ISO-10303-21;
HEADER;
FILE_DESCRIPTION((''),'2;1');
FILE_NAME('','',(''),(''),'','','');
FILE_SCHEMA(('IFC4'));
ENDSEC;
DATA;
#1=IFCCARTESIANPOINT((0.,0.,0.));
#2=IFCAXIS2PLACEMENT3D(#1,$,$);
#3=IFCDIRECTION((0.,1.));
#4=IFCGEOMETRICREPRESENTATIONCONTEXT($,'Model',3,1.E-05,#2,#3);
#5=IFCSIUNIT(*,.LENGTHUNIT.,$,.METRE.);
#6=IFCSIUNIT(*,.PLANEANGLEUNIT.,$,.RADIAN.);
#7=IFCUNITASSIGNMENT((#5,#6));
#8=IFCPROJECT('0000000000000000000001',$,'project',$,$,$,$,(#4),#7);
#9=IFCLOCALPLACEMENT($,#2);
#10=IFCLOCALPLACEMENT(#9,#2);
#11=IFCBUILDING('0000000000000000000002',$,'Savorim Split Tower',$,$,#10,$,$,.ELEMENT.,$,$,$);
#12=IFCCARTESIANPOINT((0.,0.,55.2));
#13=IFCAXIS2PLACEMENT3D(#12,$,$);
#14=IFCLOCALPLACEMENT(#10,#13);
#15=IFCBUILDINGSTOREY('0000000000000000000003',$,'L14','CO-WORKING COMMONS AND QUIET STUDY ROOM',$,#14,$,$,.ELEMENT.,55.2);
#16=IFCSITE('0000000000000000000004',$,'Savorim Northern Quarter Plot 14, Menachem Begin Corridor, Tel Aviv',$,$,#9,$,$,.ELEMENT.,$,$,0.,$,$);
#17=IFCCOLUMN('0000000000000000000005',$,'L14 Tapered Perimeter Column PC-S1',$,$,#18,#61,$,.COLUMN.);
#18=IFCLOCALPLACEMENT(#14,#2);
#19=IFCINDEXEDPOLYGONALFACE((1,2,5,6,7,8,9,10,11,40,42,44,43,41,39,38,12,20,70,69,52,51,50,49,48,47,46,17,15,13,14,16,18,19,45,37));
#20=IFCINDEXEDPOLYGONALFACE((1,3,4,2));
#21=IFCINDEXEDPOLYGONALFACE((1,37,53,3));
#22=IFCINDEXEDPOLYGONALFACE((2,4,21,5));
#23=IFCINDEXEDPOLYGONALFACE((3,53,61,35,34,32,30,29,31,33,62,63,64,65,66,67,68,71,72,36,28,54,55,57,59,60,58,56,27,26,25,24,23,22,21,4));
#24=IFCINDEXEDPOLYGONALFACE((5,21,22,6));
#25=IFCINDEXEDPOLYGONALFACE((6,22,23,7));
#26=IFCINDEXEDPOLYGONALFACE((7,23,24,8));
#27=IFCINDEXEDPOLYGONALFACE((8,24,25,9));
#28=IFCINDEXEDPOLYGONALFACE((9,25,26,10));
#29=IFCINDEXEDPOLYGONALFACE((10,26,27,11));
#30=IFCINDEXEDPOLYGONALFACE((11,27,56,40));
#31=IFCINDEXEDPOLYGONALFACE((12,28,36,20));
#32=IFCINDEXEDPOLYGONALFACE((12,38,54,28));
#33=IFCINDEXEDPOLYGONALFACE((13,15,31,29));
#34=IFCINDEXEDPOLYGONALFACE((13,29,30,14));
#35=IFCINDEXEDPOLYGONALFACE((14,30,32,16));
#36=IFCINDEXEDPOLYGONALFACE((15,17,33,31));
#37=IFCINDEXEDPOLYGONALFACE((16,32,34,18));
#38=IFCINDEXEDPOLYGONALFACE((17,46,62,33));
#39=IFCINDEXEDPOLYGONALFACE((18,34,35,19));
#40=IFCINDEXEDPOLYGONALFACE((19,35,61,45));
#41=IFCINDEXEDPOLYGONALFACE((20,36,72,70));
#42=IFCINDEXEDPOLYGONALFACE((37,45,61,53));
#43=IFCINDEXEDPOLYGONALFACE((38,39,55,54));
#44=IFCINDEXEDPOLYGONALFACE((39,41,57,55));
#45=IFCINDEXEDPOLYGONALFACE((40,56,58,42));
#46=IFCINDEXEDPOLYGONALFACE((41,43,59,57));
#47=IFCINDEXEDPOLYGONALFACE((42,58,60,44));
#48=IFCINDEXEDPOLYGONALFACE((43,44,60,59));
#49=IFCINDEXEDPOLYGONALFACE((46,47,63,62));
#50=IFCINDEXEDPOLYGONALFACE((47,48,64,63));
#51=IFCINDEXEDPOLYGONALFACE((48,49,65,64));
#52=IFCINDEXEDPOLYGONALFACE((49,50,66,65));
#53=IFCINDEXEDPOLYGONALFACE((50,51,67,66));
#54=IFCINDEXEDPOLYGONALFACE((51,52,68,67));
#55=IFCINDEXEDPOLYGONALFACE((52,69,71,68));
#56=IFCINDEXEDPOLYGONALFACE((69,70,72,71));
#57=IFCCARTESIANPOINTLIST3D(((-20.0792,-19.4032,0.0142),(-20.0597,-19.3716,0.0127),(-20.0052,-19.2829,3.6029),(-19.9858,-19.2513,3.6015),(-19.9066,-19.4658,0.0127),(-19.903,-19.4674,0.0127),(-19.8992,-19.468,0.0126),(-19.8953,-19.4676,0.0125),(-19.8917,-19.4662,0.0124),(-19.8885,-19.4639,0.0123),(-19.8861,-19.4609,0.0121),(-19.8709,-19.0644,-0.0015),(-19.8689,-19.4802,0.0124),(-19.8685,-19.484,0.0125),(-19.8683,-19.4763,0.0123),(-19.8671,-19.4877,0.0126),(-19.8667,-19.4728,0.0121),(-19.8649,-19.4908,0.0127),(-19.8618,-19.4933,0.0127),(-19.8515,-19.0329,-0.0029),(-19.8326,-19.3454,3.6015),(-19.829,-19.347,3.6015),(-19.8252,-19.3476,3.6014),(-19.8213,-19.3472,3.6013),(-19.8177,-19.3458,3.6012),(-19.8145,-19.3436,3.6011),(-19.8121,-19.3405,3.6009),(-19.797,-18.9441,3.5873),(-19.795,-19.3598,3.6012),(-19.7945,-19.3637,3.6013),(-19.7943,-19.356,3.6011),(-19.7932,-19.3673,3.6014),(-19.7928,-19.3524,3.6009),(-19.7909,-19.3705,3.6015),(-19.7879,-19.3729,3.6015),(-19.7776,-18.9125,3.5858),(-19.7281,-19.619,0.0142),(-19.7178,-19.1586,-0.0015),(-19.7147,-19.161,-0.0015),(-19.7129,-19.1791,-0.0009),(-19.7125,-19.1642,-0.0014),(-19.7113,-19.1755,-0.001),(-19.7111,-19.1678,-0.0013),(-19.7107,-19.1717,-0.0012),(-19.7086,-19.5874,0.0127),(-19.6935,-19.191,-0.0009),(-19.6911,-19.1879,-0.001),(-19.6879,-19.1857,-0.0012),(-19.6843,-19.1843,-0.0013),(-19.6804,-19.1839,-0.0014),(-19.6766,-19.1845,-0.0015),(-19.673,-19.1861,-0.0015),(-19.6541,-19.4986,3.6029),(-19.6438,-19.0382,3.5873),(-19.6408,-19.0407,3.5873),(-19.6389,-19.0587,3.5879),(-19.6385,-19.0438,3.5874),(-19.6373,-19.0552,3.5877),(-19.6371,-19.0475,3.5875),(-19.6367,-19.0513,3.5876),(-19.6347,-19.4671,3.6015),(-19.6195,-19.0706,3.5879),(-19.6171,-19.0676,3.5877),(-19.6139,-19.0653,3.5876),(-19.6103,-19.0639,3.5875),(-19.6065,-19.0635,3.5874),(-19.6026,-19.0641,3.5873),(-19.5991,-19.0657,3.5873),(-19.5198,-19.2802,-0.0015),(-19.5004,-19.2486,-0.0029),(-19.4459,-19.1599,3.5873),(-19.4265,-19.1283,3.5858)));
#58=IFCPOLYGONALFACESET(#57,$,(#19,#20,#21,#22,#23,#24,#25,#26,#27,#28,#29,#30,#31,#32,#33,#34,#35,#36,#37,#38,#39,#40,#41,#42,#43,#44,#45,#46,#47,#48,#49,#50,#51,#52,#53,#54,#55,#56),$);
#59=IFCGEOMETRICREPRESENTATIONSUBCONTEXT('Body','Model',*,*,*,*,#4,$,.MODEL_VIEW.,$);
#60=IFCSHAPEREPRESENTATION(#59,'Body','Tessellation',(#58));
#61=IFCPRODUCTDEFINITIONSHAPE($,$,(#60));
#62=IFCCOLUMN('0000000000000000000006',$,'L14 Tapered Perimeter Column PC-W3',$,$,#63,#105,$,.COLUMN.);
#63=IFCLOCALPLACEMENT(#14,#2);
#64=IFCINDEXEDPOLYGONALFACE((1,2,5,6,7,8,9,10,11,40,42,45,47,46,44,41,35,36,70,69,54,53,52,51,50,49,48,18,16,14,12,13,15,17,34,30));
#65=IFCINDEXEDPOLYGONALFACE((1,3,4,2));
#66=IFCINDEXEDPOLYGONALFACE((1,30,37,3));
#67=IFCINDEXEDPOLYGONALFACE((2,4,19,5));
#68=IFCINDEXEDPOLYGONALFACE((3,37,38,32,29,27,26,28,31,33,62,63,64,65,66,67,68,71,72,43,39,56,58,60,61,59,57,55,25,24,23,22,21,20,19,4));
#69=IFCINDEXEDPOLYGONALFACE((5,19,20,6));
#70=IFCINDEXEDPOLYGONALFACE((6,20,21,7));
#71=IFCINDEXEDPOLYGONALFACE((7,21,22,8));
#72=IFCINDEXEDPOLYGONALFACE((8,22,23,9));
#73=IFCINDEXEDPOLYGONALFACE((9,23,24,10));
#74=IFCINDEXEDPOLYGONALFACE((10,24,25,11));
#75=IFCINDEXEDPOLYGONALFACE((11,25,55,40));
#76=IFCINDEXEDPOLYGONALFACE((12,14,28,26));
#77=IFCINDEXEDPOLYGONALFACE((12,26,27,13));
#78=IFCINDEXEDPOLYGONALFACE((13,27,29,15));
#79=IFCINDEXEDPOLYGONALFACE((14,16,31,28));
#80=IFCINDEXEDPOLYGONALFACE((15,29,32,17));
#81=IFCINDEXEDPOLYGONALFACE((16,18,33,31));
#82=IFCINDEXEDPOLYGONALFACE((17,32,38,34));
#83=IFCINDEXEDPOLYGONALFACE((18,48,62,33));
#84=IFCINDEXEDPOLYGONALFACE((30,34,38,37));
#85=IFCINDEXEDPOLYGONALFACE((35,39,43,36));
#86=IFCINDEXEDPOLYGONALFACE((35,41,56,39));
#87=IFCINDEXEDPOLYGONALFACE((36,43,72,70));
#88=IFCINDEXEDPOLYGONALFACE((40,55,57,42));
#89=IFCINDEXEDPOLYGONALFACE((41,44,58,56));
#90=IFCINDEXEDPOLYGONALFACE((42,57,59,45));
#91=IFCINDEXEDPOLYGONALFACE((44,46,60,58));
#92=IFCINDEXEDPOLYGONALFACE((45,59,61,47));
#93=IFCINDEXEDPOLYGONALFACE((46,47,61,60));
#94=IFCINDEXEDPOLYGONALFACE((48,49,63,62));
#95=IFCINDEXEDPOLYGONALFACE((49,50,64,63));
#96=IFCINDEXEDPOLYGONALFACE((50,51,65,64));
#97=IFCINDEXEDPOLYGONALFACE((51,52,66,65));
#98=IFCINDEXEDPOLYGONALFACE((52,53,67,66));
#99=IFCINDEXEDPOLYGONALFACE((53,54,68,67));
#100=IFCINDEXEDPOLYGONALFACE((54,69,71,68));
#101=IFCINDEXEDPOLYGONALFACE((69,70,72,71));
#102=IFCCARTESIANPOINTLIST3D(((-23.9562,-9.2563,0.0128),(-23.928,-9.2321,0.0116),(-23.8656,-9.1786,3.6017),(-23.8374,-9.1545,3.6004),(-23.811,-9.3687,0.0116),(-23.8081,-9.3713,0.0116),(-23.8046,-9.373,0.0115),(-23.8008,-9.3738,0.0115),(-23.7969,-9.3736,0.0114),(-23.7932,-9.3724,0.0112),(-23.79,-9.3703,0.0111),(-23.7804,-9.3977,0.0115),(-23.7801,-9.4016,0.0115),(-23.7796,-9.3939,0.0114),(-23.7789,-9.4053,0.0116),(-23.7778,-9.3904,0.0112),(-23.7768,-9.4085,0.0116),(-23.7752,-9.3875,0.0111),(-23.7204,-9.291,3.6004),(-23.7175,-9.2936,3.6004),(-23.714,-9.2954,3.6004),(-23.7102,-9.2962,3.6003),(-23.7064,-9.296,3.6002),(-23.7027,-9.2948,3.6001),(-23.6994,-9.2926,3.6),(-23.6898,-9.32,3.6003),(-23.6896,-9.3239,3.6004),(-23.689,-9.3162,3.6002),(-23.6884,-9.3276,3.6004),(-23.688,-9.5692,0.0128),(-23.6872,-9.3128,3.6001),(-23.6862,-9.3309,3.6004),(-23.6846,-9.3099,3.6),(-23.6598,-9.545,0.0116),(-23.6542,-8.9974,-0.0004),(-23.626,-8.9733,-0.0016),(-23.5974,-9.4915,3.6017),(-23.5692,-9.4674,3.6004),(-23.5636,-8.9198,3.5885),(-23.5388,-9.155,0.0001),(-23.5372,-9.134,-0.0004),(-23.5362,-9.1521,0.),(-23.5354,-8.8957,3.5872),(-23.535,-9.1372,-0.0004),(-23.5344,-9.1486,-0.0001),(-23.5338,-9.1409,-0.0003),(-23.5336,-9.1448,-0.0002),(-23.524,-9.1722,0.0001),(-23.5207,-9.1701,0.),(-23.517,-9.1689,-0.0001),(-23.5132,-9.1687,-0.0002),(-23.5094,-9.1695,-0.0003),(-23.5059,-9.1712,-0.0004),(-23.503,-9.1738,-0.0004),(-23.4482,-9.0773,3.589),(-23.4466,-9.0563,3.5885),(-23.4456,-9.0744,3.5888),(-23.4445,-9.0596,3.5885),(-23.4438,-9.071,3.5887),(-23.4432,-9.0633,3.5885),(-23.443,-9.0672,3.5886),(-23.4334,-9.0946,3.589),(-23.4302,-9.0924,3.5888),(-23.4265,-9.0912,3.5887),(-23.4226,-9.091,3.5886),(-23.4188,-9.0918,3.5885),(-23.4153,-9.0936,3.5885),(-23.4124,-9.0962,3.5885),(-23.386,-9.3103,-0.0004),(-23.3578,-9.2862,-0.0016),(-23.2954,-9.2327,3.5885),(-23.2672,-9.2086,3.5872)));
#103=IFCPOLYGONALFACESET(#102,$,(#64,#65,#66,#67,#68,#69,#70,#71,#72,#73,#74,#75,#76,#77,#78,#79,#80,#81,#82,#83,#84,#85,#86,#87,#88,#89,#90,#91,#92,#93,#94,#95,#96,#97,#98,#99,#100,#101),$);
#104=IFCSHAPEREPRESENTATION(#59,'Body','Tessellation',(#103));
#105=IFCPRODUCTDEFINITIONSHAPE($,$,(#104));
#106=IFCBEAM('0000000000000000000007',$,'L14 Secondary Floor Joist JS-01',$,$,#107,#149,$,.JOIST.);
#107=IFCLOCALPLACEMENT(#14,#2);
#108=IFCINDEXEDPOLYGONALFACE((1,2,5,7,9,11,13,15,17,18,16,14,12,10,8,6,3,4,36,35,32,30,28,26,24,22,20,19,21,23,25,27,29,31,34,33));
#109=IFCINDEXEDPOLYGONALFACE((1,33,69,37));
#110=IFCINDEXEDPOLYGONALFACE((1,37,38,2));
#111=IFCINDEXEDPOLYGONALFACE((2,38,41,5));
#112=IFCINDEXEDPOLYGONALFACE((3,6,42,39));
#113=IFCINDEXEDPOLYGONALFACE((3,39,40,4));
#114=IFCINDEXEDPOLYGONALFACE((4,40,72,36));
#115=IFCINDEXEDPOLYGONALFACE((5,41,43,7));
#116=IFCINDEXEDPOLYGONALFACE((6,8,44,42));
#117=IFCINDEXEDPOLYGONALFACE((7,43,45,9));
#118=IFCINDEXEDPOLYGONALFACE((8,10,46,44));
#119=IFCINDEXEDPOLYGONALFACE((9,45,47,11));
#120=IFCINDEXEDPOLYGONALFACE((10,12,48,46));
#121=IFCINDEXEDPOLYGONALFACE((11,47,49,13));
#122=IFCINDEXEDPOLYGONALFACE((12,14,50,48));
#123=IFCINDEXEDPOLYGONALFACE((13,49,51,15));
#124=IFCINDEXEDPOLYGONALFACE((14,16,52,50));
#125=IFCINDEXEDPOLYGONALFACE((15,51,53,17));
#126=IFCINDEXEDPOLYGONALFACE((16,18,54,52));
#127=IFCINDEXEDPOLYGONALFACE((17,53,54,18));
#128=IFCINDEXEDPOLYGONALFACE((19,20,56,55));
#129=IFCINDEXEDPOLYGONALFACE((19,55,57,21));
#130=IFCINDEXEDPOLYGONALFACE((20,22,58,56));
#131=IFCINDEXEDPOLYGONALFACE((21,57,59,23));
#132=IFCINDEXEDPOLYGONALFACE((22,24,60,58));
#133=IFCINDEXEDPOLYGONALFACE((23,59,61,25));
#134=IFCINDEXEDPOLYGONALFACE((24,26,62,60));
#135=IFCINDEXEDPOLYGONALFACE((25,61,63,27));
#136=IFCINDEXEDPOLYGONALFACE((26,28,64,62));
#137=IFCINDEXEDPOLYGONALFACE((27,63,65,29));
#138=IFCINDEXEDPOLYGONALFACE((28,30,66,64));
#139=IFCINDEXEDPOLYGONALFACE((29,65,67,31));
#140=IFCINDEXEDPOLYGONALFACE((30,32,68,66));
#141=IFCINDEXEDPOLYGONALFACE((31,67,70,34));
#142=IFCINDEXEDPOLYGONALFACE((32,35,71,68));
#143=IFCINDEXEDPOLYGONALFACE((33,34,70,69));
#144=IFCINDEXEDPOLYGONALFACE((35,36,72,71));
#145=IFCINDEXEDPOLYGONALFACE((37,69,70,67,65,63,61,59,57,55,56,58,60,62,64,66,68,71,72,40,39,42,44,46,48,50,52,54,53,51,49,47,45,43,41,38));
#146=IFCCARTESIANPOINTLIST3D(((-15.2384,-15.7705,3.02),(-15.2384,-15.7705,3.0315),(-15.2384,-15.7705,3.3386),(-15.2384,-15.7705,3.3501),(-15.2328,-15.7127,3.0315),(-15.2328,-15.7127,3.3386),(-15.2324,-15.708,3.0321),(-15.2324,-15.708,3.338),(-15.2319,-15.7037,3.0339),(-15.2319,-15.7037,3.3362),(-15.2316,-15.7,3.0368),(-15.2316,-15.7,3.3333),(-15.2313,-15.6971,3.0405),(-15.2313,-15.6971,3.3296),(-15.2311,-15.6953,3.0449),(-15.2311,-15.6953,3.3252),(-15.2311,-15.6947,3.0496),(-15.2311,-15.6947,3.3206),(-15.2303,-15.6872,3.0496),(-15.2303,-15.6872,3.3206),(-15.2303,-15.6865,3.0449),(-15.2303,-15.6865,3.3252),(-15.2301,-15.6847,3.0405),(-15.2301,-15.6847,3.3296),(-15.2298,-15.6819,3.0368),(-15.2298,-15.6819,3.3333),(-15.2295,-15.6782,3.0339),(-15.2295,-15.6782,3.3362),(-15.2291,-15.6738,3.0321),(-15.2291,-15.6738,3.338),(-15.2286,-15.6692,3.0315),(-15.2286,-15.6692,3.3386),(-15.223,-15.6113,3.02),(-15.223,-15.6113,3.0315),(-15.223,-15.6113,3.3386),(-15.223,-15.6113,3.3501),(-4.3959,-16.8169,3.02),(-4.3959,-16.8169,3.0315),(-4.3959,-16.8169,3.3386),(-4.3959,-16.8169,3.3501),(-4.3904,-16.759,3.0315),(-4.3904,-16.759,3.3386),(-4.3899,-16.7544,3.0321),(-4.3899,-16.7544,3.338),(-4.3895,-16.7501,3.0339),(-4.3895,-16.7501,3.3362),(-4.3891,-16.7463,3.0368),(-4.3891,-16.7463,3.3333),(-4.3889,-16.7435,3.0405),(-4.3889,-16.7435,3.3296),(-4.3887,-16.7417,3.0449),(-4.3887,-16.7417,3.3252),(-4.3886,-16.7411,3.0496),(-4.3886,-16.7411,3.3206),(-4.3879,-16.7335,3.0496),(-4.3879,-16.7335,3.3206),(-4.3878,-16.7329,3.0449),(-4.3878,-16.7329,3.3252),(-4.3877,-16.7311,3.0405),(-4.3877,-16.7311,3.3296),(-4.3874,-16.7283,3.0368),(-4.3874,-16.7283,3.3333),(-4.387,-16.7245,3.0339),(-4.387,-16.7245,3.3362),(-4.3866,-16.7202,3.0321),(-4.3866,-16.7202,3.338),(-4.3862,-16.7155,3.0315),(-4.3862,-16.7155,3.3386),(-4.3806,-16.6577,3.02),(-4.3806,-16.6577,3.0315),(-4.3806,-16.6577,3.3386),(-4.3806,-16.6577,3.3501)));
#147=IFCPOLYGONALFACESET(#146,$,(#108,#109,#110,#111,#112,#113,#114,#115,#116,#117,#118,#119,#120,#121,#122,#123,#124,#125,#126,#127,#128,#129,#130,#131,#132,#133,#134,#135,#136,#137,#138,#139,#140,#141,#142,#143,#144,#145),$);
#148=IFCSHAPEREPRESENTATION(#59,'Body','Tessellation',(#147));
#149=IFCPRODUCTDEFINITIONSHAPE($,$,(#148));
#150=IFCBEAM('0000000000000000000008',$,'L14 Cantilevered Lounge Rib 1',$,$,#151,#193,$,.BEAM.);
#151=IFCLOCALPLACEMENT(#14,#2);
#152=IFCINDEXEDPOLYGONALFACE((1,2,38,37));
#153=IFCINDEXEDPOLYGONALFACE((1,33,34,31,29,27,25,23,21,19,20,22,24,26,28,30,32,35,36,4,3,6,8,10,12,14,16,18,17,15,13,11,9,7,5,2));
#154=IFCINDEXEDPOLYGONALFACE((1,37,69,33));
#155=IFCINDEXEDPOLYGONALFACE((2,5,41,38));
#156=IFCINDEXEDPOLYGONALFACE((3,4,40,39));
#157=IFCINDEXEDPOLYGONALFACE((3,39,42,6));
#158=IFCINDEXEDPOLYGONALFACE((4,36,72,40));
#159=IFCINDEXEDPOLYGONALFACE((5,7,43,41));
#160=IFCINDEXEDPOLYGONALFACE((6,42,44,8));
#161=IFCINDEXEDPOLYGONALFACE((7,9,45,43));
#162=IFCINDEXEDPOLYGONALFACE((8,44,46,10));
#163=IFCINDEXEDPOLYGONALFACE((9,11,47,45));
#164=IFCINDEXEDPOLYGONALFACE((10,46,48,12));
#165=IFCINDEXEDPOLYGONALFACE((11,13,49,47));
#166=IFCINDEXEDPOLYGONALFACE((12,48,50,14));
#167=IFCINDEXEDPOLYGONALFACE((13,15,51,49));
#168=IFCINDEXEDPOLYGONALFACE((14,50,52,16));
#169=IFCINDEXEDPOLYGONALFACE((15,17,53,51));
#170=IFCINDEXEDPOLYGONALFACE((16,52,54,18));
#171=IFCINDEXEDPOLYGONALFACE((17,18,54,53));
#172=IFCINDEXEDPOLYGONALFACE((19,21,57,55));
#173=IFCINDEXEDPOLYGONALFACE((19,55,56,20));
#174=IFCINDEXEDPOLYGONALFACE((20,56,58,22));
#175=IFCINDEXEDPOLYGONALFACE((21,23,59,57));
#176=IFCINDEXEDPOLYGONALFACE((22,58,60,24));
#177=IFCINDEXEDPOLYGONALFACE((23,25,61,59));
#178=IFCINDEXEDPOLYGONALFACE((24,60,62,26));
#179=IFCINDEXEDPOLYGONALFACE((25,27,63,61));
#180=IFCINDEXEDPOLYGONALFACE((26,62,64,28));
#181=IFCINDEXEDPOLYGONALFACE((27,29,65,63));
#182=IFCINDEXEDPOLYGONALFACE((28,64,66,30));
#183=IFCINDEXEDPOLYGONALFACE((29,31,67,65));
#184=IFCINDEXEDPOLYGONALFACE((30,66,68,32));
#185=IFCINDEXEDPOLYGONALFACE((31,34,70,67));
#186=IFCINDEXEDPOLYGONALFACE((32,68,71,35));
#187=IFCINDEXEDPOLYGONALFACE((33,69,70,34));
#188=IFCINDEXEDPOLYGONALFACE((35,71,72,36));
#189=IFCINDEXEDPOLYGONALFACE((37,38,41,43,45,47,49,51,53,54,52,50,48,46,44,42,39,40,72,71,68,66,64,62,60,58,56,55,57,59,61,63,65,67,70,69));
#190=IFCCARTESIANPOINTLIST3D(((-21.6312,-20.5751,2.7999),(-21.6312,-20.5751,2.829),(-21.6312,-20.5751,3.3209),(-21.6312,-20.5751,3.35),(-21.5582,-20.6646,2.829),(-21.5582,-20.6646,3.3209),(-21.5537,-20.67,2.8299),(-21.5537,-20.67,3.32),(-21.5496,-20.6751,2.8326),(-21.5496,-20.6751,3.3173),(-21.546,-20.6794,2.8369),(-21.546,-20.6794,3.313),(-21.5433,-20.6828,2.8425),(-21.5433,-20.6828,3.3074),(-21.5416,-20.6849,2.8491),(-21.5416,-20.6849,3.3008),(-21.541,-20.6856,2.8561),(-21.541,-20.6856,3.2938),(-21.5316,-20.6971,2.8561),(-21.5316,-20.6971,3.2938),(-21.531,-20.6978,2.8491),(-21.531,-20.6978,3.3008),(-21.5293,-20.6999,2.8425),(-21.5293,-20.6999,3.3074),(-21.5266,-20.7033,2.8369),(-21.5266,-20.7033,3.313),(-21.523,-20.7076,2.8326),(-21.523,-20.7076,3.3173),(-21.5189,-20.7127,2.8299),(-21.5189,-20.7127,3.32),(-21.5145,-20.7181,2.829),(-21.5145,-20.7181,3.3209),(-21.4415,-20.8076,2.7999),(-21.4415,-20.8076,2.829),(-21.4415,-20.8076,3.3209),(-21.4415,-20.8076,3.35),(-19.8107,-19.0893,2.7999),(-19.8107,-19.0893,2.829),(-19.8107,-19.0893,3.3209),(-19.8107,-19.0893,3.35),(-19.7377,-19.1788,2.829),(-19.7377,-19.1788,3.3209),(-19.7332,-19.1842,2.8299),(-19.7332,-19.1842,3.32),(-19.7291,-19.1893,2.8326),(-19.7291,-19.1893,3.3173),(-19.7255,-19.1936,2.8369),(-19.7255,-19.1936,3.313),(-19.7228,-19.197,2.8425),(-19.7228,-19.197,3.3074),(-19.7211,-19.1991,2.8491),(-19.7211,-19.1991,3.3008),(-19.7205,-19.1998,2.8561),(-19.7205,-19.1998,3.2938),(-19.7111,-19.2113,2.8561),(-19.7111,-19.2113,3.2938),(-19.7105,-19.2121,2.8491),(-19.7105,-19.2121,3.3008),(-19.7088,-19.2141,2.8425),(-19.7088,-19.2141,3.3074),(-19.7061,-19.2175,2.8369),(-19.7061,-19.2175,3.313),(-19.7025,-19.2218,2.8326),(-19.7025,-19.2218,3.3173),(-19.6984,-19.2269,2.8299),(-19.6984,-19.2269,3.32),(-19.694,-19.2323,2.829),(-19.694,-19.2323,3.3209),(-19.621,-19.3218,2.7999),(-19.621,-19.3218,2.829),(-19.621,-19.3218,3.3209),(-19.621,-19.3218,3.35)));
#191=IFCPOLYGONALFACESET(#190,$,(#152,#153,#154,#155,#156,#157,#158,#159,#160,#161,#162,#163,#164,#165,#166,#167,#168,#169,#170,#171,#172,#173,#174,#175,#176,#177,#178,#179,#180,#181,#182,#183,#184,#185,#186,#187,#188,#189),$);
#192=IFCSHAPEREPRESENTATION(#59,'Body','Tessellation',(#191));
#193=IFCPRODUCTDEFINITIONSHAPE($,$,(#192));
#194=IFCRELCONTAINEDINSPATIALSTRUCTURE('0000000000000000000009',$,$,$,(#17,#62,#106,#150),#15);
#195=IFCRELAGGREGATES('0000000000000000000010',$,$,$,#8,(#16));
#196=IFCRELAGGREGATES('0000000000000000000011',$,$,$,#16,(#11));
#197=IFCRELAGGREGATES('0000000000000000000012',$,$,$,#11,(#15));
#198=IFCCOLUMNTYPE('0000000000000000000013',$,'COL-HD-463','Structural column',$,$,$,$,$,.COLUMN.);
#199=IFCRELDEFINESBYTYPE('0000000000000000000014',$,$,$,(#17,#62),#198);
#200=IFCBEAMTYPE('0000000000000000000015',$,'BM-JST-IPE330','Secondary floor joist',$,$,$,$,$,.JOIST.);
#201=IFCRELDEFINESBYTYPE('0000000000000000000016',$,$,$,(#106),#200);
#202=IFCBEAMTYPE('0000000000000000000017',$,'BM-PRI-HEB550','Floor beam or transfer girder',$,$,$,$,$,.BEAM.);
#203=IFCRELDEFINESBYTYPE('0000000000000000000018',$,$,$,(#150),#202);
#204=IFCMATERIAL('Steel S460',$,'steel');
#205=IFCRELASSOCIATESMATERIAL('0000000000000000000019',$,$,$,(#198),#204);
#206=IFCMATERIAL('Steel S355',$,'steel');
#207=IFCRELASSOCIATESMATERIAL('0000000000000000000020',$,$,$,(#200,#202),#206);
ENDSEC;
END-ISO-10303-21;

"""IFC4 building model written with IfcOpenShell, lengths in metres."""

from ifc_helpers import new_model, si_unit, direction, frame, origin, origin_2d, place, context, subcontext, project, spatial, i_section, extrude, material, material_profile, profile_set, type_object, element, save


model = new_model("IFC4")

# Units and contexts
model_context = context("Model", 3, precision=1e-05, world=origin(), true_north=direction((0.0, 1.0)))
body_context = subcontext(model_context, "Body", "Model", "MODEL_VIEW")
ifc_project = project(units=[si_unit("LENGTHUNIT", "METRE"), si_unit("PLANEANGLEUNIT", "RADIAN")], contexts=[model_context])

# Site, building, storey
site_placement = place(None, origin())
site = spatial("IfcSite", under=ifc_project, at=site_placement, Name="Savorim Northern Quarter Plot 14, Menachem Begin Corridor, Tel Aviv", CompositionType="ELEMENT", RefElevation=0.0)
building_placement = place(site_placement, origin())
building = spatial("IfcBuilding", under=site, at=building_placement, Name="Savorim Split Tower", CompositionType="ELEMENT")
storey_placement = place(building_placement, frame((0.0, 0.0, 55.2)))
storey = spatial("IfcBuildingStorey", under=building, at=storey_placement, Name="L14", Description="CO-WORKING COMMONS AND QUIET STUDY ROOM", CompositionType="ELEMENT", Elevation=55.2)

# Columns
ifc_material_1 = material(Name="Steel S460", Category="steel")
ifc_material_profile_1 = material_profile(ifc_material_1, i_section(OverallWidth=0.4121, OverallDepth=0.4351, WebThickness=0.0227, FlangeThickness=0.0371, FilletRadius=0.0149, at=origin_2d()), Name="HD 400x463")
ifc_profile_set_1 = profile_set([ifc_material_profile_1], Name="Steel S460")
column_type = type_object("IfcColumnType", Name="COL-HD-463", Description="Structural column", PredefinedType="COLUMN", material=ifc_profile_set_1)
column_1_placement = place(storey_placement, frame((-19.7898, -19.3259, 0.0056), z_axis=(0.020596, 0.033511, 0.999226), x_axis=(-0.851955, 0.523615, 0.0)))
element("IfcColumn", 1, at=column_1_placement, inside=storey, type_object=column_type, Name="L14 Tapered Perimeter Column PC-S1", PredefinedType="COLUMN", context=body_context, shape_type="SweptSolid", body=[
    extrude(i_section(OverallWidth=0.4121, OverallDepth=0.4351, WebThickness=0.0227, FlangeThickness=0.0371, FilletRadius=0.0149, at=origin_2d()), origin(), (0.0, 0.0, 1.0), 3.5916),
])
column_2_placement = place(storey_placement, frame((-23.657, -9.2712, 0.0056), z_axis=(0.025224, 0.021621, 0.999448), x_axis=(-0.650791, 0.759257, 0.0)))
element("IfcColumn", 2, at=column_2_placement, inside=storey, type_object=column_type, Name="L14 Tapered Perimeter Column PC-W3", PredefinedType="COLUMN", context=body_context, shape_type="SweptSolid", body=[
    extrude(i_section(OverallWidth=0.4121, OverallDepth=0.4351, WebThickness=0.0227, FlangeThickness=0.0371, FilletRadius=0.0149, at=origin_2d()), origin(), (0.0, 0.0, 1.0), 3.5908),
])

# Beams
ifc_material_2 = material(Name="Steel S355", Category="steel")
ifc_material_profile_2 = material_profile(ifc_material_2, i_section(OverallWidth=0.1599, OverallDepth=0.3301, WebThickness=0.0076, FlangeThickness=0.0115, FilletRadius=0.0181, at=origin_2d()), Name="IPE 330")
ifc_profile_set_2 = profile_set([ifc_material_profile_2], Name="Steel S355")
beam_type_1 = type_object("IfcBeamType", Name="BM-JST-IPE330", Description="Secondary floor joist", PredefinedType="JOIST", material=ifc_profile_set_2)
beam_1_placement = place(storey_placement, frame((-15.2307, -15.6909, 3.1851), z_axis=(0.995375, -0.096061, 0.0), x_axis=(0.096061, 0.995375, 0.0)))
element("IfcBeam", 3, at=beam_1_placement, inside=storey, type_object=beam_type_1, Name="L14 Secondary Floor Joist JS-01", PredefinedType="JOIST", context=body_context, shape_type="SweptSolid", body=[
    extrude(i_section(OverallWidth=0.1599, OverallDepth=0.3301, WebThickness=0.0076, FlangeThickness=0.0115, FilletRadius=0.0181, at=origin_2d()), origin(), (0.0, 0.0, 1.0), 10.8928),
])
ifc_material_profile_3 = material_profile(ifc_material_2, i_section(OverallWidth=0.3, OverallDepth=0.55, WebThickness=0.0149, FlangeThickness=0.0291, FilletRadius=0.0271, at=origin_2d()), Name="HEB 550")
ifc_profile_set_3 = profile_set([ifc_material_profile_3], Name="Steel S355")
beam_type_2 = type_object("IfcBeamType", Name="BM-PRI-HEB550", Description="Floor beam or transfer girder", PredefinedType="BEAM", material=ifc_profile_set_3)
beam_2_placement = place(storey_placement, frame((-19.7158, -19.2056, 3.075), z_axis=(-0.77473, -0.632293, 0.0), x_axis=(0.632293, -0.77473, 0.0)))
element("IfcBeam", 4, at=beam_2_placement, inside=storey, type_object=beam_type_2, Name="L14 Cantilevered Lounge Rib 1", PredefinedType="BEAM", context=body_context, shape_type="SweptSolid", body=[
    extrude(i_section(OverallWidth=0.3, OverallDepth=0.55, WebThickness=0.0149, FlangeThickness=0.0291, FilletRadius=0.0271, at=origin_2d()), origin(), (0.0, 0.0, 1.0), 2.3499),
])

save(model, "model.ifc")
